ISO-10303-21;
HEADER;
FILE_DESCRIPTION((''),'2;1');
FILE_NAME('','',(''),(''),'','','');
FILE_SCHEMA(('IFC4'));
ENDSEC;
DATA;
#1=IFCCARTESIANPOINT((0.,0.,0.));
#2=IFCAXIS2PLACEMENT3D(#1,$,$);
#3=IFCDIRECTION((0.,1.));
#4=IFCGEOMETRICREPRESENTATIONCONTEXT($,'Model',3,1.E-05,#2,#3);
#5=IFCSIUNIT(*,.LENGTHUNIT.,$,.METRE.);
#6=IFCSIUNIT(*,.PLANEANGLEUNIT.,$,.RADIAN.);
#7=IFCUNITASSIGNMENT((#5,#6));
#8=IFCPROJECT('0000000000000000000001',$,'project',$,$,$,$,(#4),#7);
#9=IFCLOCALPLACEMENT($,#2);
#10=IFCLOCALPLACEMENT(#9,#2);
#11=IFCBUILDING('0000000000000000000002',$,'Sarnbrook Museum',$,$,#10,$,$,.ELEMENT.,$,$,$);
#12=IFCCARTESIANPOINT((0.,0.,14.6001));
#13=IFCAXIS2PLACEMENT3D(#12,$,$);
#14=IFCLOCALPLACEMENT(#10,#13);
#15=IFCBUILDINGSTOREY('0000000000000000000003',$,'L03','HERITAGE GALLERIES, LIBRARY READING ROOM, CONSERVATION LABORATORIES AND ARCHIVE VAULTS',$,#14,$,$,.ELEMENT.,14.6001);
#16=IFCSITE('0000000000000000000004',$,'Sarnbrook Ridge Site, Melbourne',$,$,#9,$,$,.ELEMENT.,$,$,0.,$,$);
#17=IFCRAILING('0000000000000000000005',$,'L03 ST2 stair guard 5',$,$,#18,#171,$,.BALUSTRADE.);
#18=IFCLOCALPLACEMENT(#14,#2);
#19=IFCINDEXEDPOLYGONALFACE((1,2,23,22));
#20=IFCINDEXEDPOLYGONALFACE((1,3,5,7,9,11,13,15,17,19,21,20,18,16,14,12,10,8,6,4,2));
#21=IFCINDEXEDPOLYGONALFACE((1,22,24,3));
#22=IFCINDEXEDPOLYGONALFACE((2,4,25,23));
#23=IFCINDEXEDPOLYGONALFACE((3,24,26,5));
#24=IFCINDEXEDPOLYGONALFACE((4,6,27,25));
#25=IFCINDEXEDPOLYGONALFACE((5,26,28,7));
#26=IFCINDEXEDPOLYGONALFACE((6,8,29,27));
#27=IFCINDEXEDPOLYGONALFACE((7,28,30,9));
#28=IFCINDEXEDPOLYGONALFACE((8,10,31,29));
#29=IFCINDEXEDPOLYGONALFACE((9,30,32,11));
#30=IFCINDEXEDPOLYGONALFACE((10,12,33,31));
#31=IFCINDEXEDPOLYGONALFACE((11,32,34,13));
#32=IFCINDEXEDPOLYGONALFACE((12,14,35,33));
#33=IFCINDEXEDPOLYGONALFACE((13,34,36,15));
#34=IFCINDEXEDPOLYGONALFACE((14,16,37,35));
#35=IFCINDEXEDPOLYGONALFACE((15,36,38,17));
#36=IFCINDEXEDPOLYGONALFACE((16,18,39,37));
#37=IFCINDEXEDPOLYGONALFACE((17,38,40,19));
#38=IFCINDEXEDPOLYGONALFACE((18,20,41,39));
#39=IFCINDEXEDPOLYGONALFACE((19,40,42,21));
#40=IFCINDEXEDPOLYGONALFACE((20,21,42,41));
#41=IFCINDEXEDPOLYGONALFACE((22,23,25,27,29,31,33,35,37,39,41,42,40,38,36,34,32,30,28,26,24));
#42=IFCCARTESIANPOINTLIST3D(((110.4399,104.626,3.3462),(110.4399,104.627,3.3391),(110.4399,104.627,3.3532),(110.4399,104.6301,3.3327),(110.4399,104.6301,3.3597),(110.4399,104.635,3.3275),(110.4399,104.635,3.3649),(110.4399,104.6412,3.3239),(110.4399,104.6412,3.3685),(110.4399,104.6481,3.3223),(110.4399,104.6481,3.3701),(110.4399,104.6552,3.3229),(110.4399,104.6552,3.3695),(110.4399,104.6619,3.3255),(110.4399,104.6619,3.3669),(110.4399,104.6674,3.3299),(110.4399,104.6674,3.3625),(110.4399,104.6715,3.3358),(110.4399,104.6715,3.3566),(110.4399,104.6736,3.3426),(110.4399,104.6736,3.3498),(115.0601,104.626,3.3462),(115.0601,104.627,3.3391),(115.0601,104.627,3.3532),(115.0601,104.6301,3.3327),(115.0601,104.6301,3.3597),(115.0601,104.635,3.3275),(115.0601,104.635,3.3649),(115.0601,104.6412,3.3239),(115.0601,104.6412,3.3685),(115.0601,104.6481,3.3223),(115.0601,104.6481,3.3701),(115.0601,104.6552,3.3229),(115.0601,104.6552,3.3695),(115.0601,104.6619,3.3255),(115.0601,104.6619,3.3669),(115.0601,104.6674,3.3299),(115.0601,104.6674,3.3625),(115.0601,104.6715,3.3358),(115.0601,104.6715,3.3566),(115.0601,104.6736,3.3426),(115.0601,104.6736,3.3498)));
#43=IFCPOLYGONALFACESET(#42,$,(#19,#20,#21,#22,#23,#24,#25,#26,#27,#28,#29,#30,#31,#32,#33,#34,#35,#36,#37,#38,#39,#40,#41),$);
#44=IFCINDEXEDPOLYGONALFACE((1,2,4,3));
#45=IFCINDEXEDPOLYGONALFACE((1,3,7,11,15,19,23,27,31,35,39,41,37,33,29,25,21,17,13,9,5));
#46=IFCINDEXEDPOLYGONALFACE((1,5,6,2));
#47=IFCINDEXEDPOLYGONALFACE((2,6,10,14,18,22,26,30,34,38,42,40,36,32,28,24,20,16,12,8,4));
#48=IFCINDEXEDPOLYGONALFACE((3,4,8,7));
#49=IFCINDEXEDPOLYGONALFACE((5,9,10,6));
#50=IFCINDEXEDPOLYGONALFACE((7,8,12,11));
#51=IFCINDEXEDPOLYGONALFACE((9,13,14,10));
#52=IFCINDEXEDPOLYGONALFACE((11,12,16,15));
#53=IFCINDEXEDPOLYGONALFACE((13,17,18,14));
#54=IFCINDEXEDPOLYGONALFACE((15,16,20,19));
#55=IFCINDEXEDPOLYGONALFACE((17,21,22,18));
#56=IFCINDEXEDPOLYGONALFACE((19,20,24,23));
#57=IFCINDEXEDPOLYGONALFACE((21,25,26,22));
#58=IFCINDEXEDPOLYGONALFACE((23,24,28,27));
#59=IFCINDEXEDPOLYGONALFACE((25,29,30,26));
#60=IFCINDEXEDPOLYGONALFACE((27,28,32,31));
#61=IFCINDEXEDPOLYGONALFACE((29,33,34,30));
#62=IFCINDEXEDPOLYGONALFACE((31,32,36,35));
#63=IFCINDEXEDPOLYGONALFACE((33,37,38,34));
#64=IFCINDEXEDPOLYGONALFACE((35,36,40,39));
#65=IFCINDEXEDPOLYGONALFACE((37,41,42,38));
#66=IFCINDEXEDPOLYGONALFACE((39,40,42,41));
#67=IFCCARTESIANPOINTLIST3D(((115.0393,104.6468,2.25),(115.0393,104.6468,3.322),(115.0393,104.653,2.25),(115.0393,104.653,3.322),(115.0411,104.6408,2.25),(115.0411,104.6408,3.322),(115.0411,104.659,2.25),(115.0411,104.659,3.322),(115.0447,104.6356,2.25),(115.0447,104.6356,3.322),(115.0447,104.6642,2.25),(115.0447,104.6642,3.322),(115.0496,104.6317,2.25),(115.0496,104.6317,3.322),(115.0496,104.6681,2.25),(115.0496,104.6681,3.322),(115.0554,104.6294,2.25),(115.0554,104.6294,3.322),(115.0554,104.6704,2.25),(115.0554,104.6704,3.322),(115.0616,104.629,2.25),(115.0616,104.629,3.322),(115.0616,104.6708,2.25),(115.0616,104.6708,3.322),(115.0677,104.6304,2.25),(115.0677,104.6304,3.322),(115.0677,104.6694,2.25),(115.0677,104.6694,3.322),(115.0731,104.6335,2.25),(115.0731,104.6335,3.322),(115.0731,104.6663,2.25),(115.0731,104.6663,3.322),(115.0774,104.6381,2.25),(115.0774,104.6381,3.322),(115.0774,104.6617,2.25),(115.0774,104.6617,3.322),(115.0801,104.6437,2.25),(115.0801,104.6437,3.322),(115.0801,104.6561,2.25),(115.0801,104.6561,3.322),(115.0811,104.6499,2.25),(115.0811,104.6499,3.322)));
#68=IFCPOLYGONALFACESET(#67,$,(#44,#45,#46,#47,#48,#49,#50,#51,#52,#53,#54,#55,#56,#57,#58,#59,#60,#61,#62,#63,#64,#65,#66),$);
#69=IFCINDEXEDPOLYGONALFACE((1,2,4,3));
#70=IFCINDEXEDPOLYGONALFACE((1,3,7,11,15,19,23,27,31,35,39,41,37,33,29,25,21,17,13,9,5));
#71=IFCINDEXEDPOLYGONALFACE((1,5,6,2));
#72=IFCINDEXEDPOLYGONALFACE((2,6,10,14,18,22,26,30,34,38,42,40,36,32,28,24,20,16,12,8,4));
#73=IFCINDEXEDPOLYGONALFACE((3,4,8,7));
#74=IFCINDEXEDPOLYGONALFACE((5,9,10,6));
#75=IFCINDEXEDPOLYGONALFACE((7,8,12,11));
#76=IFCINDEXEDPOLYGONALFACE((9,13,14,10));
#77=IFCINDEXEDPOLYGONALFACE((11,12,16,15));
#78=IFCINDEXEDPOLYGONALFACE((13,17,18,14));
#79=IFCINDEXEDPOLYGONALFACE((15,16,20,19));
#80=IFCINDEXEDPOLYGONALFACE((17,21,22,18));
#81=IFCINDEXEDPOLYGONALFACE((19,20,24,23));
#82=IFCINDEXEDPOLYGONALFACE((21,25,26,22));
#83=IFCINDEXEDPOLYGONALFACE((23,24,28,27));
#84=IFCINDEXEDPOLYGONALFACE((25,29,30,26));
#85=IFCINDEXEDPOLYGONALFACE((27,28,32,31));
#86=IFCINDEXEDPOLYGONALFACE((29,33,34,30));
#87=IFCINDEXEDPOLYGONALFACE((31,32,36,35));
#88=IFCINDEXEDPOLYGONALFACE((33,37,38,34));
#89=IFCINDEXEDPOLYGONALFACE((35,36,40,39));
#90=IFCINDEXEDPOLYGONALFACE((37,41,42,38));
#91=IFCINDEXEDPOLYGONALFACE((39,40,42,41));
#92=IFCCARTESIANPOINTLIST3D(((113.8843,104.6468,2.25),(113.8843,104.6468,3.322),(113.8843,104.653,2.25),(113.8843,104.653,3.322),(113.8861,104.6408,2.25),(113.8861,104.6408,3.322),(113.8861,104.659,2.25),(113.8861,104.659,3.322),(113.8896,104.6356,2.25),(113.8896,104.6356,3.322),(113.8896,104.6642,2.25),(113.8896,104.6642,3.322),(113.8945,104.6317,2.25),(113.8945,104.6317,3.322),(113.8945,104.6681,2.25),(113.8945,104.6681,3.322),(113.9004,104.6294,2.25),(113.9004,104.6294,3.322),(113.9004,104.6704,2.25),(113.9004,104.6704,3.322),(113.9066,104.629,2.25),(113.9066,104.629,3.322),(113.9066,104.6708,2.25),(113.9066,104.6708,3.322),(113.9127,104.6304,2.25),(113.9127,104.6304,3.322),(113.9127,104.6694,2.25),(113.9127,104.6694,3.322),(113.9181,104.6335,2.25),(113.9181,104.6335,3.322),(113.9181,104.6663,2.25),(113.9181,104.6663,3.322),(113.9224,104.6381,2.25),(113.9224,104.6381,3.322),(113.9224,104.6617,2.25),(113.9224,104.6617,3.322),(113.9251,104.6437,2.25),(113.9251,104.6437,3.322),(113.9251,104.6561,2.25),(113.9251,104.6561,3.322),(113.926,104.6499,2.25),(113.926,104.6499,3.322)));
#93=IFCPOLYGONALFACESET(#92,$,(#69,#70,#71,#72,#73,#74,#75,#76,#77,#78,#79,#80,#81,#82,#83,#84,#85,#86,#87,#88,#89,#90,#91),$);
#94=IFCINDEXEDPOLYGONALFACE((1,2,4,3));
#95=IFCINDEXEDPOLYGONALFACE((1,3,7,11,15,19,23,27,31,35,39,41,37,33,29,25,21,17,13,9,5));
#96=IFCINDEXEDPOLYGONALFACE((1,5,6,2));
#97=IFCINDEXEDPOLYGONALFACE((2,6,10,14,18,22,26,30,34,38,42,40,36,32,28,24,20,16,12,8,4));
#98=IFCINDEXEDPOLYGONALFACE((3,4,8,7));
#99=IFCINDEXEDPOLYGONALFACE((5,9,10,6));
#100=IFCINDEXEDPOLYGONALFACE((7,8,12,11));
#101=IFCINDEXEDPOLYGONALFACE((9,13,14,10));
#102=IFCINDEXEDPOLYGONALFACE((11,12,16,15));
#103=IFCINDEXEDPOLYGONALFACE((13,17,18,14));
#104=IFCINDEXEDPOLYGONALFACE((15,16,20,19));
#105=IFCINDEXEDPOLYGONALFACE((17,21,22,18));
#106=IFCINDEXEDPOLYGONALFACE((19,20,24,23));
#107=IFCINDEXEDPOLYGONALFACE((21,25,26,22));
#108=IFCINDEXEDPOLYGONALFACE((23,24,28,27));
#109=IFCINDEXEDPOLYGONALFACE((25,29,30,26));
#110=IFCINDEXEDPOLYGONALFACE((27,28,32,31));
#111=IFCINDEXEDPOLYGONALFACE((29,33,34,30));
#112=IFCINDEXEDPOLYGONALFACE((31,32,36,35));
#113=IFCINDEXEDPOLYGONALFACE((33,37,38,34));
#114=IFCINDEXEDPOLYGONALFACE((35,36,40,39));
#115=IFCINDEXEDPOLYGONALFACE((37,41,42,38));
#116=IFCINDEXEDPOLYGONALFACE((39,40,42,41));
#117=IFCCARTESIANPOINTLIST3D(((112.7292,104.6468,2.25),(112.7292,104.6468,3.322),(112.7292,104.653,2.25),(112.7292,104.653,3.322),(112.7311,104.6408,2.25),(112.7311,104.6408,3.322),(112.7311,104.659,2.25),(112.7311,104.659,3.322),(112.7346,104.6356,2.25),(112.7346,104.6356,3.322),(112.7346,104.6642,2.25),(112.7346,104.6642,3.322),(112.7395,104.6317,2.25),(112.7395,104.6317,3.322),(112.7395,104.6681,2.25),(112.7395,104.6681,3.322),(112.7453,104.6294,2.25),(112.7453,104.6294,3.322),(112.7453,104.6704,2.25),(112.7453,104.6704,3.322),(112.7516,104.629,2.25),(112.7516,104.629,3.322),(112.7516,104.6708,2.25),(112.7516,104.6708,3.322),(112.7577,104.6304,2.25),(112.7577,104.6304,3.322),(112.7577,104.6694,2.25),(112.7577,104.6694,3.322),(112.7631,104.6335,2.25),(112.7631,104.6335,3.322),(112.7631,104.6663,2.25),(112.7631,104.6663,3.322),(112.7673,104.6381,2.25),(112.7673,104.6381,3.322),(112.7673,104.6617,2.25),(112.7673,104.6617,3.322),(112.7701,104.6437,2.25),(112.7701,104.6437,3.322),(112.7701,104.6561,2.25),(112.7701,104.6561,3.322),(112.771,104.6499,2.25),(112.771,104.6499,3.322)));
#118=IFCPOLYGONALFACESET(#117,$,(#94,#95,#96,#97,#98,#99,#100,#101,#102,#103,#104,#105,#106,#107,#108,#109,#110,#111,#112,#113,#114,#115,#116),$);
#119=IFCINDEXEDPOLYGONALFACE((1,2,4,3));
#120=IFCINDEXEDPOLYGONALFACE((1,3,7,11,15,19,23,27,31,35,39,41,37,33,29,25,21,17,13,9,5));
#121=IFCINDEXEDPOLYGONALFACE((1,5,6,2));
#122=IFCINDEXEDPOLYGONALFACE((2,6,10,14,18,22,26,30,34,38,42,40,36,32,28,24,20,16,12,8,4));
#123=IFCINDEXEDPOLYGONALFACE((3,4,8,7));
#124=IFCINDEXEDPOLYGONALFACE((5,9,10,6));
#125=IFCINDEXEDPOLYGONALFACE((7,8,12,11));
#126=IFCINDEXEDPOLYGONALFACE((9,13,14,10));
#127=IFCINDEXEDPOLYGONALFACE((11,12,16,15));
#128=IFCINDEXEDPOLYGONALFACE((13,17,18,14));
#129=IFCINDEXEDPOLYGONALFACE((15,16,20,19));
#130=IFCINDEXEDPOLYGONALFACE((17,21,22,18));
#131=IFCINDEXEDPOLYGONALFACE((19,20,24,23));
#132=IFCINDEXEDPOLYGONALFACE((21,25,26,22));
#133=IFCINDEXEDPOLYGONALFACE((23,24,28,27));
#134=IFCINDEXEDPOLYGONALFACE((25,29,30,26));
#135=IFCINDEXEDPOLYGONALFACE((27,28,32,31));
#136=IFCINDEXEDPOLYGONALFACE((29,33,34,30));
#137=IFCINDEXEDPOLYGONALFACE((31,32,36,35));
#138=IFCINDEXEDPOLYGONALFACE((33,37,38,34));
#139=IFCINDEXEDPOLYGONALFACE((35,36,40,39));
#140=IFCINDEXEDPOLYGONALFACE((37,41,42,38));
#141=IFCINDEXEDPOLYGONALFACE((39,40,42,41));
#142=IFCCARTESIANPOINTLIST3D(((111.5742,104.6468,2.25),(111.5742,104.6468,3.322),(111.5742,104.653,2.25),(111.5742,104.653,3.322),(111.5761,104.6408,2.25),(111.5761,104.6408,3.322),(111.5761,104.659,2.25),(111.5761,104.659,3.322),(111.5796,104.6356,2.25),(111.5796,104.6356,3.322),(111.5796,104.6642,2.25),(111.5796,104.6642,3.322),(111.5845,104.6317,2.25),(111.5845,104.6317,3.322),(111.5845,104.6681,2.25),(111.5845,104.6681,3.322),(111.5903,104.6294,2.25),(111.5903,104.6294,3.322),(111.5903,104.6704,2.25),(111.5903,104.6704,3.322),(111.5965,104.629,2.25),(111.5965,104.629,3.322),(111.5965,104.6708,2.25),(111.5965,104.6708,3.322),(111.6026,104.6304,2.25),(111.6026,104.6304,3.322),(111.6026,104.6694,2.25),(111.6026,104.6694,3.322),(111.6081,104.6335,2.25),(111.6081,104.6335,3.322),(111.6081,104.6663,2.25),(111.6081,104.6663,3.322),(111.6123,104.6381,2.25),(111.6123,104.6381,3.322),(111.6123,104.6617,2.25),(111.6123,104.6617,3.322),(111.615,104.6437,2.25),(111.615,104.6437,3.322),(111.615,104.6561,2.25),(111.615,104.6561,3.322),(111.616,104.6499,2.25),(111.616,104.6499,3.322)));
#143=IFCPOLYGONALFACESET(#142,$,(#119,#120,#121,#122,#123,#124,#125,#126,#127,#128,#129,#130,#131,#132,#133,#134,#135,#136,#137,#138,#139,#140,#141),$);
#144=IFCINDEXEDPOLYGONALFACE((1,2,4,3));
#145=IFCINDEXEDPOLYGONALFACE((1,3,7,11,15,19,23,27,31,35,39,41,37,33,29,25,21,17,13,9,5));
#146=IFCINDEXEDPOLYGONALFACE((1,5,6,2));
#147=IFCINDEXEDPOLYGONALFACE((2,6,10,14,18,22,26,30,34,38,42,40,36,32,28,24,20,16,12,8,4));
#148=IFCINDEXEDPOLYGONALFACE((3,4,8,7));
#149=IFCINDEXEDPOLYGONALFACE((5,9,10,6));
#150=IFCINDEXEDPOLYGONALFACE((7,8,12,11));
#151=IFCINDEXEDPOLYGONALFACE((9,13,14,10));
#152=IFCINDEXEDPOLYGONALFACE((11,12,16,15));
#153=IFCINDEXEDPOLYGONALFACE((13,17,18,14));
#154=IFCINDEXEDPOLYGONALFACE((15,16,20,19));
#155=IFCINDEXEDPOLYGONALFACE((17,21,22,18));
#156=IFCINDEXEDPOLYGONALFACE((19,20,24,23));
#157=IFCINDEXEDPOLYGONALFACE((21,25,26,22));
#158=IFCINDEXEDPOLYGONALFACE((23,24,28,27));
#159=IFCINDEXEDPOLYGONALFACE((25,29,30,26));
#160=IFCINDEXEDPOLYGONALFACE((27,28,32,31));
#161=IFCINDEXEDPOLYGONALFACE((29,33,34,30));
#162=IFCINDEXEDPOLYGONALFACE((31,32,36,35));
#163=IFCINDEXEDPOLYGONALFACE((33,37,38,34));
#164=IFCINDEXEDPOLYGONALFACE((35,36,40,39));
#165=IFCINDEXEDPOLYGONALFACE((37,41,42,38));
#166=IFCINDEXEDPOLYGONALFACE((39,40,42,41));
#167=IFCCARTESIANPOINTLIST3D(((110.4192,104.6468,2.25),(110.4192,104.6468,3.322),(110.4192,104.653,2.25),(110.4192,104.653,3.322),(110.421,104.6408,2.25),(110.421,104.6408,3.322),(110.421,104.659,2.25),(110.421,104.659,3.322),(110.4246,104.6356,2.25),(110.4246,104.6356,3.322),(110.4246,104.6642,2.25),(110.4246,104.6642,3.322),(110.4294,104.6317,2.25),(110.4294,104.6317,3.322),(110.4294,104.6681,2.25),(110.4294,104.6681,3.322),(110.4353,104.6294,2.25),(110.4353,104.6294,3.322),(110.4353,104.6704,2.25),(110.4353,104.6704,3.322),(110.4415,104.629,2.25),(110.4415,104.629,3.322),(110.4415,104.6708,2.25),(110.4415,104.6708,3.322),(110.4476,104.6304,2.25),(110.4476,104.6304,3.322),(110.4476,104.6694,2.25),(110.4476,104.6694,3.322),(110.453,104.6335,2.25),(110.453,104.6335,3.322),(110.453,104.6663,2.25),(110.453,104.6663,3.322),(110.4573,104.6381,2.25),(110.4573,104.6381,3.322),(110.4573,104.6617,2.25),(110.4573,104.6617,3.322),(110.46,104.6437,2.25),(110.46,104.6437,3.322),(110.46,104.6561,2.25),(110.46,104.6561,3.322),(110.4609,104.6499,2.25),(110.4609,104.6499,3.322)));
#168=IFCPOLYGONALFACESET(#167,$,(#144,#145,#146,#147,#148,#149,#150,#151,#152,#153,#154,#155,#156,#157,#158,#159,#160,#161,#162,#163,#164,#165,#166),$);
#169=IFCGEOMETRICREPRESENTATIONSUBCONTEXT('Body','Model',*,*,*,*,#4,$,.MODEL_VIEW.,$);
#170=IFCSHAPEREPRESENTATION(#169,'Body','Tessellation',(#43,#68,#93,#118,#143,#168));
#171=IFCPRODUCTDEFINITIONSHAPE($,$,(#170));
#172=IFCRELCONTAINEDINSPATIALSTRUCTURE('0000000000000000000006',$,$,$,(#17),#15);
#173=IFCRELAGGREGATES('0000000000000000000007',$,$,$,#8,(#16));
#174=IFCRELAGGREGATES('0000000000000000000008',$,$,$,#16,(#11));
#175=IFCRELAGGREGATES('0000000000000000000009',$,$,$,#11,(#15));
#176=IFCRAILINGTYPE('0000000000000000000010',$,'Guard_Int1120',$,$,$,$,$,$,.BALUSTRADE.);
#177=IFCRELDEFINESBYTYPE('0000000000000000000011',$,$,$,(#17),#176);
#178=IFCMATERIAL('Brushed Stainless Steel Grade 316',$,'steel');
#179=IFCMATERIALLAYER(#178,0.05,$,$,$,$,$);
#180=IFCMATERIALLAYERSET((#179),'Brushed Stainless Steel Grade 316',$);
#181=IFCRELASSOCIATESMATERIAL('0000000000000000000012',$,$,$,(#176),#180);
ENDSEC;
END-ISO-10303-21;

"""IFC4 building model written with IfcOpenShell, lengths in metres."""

from ifc_helpers import new_model, si_unit, direction, frame, origin, origin_2d, place, context, subcontext, project, spatial, circle, extrude, material, layer, layer_set, type_object, element, save


model = new_model("IFC4")

# Units and contexts
model_context = context("Model", 3, precision=1e-05, world=origin(), true_north=direction((0.0, 1.0)))
body_context = subcontext(model_context, "Body", "Model", "MODEL_VIEW")
ifc_project = project(units=[si_unit("LENGTHUNIT", "METRE"), si_unit("PLANEANGLEUNIT", "RADIAN")], contexts=[model_context])

# Site, building, storey
site_placement = place(None, origin())
site = spatial("IfcSite", under=ifc_project, at=site_placement, Name="Sarnbrook Ridge Site, Melbourne", CompositionType="ELEMENT", RefElevation=0.0)
building_placement = place(site_placement, origin())
building = spatial("IfcBuilding", under=site, at=building_placement, Name="Sarnbrook Museum", CompositionType="ELEMENT")
storey_placement = place(building_placement, frame((0.0, 0.0, 14.6001)))
storey = spatial("IfcBuildingStorey", under=building, at=storey_placement, Name="L03", Description="HERITAGE GALLERIES, LIBRARY READING ROOM, CONSERVATION LABORATORIES AND ARCHIVE VAULTS", CompositionType="ELEMENT", Elevation=14.6001)

# Shared definitions
ifc_material_1 = material(Name="Brushed Stainless Steel Grade 316", Category="steel")

# Railing
ifc_layer_1 = layer(ifc_material_1, 0.05)
ifc_layer_set_1 = layer_set([ifc_layer_1], Name="Brushed Stainless Steel Grade 316")
railing_type = type_object("IfcRailingType", Name="Guard_Int1120", PredefinedType="BALUSTRADE", material=ifc_layer_set_1)
railing_1_placement = place(storey_placement, frame((115.0601, 104.6499, 2.25)))
element("IfcRailing", 1, at=railing_1_placement, inside=storey, type_object=railing_type, Name="L03 ST2 stair guard 5", PredefinedType="BALUSTRADE", context=body_context, shape_type="SweptSolid", body=[
    extrude(circle(Radius=0.0239, at=origin_2d()), frame((0.0, 0.0, 1.0962), z_axis=(-1.0, 0.0, 0.0), x_axis=(0.0, -1.0, 0.0)), (0.0, 0.0, 1.0), 4.6201),
    extrude(circle(Radius=0.021, at=origin_2d()), origin(), (0.0, 0.0, 1.0), 1.072),
    extrude(circle(Radius=0.021, at=origin_2d()), frame((-1.155, 0.0, 0.0)), (0.0, 0.0, 1.0), 1.072),
    extrude(circle(Radius=0.021, at=origin_2d()), frame((-2.3101, 0.0, 0.0)), (0.0, 0.0, 1.0), 1.072),
    extrude(circle(Radius=0.021, at=origin_2d()), frame((-3.4651, 0.0, 0.0)), (0.0, 0.0, 1.0), 1.072),
    extrude(circle(Radius=0.021, at=origin_2d()), frame((-4.6201, 0.0, 0.0)), (0.0, 0.0, 1.0), 1.072),
])

save(model, "model.ifc")
